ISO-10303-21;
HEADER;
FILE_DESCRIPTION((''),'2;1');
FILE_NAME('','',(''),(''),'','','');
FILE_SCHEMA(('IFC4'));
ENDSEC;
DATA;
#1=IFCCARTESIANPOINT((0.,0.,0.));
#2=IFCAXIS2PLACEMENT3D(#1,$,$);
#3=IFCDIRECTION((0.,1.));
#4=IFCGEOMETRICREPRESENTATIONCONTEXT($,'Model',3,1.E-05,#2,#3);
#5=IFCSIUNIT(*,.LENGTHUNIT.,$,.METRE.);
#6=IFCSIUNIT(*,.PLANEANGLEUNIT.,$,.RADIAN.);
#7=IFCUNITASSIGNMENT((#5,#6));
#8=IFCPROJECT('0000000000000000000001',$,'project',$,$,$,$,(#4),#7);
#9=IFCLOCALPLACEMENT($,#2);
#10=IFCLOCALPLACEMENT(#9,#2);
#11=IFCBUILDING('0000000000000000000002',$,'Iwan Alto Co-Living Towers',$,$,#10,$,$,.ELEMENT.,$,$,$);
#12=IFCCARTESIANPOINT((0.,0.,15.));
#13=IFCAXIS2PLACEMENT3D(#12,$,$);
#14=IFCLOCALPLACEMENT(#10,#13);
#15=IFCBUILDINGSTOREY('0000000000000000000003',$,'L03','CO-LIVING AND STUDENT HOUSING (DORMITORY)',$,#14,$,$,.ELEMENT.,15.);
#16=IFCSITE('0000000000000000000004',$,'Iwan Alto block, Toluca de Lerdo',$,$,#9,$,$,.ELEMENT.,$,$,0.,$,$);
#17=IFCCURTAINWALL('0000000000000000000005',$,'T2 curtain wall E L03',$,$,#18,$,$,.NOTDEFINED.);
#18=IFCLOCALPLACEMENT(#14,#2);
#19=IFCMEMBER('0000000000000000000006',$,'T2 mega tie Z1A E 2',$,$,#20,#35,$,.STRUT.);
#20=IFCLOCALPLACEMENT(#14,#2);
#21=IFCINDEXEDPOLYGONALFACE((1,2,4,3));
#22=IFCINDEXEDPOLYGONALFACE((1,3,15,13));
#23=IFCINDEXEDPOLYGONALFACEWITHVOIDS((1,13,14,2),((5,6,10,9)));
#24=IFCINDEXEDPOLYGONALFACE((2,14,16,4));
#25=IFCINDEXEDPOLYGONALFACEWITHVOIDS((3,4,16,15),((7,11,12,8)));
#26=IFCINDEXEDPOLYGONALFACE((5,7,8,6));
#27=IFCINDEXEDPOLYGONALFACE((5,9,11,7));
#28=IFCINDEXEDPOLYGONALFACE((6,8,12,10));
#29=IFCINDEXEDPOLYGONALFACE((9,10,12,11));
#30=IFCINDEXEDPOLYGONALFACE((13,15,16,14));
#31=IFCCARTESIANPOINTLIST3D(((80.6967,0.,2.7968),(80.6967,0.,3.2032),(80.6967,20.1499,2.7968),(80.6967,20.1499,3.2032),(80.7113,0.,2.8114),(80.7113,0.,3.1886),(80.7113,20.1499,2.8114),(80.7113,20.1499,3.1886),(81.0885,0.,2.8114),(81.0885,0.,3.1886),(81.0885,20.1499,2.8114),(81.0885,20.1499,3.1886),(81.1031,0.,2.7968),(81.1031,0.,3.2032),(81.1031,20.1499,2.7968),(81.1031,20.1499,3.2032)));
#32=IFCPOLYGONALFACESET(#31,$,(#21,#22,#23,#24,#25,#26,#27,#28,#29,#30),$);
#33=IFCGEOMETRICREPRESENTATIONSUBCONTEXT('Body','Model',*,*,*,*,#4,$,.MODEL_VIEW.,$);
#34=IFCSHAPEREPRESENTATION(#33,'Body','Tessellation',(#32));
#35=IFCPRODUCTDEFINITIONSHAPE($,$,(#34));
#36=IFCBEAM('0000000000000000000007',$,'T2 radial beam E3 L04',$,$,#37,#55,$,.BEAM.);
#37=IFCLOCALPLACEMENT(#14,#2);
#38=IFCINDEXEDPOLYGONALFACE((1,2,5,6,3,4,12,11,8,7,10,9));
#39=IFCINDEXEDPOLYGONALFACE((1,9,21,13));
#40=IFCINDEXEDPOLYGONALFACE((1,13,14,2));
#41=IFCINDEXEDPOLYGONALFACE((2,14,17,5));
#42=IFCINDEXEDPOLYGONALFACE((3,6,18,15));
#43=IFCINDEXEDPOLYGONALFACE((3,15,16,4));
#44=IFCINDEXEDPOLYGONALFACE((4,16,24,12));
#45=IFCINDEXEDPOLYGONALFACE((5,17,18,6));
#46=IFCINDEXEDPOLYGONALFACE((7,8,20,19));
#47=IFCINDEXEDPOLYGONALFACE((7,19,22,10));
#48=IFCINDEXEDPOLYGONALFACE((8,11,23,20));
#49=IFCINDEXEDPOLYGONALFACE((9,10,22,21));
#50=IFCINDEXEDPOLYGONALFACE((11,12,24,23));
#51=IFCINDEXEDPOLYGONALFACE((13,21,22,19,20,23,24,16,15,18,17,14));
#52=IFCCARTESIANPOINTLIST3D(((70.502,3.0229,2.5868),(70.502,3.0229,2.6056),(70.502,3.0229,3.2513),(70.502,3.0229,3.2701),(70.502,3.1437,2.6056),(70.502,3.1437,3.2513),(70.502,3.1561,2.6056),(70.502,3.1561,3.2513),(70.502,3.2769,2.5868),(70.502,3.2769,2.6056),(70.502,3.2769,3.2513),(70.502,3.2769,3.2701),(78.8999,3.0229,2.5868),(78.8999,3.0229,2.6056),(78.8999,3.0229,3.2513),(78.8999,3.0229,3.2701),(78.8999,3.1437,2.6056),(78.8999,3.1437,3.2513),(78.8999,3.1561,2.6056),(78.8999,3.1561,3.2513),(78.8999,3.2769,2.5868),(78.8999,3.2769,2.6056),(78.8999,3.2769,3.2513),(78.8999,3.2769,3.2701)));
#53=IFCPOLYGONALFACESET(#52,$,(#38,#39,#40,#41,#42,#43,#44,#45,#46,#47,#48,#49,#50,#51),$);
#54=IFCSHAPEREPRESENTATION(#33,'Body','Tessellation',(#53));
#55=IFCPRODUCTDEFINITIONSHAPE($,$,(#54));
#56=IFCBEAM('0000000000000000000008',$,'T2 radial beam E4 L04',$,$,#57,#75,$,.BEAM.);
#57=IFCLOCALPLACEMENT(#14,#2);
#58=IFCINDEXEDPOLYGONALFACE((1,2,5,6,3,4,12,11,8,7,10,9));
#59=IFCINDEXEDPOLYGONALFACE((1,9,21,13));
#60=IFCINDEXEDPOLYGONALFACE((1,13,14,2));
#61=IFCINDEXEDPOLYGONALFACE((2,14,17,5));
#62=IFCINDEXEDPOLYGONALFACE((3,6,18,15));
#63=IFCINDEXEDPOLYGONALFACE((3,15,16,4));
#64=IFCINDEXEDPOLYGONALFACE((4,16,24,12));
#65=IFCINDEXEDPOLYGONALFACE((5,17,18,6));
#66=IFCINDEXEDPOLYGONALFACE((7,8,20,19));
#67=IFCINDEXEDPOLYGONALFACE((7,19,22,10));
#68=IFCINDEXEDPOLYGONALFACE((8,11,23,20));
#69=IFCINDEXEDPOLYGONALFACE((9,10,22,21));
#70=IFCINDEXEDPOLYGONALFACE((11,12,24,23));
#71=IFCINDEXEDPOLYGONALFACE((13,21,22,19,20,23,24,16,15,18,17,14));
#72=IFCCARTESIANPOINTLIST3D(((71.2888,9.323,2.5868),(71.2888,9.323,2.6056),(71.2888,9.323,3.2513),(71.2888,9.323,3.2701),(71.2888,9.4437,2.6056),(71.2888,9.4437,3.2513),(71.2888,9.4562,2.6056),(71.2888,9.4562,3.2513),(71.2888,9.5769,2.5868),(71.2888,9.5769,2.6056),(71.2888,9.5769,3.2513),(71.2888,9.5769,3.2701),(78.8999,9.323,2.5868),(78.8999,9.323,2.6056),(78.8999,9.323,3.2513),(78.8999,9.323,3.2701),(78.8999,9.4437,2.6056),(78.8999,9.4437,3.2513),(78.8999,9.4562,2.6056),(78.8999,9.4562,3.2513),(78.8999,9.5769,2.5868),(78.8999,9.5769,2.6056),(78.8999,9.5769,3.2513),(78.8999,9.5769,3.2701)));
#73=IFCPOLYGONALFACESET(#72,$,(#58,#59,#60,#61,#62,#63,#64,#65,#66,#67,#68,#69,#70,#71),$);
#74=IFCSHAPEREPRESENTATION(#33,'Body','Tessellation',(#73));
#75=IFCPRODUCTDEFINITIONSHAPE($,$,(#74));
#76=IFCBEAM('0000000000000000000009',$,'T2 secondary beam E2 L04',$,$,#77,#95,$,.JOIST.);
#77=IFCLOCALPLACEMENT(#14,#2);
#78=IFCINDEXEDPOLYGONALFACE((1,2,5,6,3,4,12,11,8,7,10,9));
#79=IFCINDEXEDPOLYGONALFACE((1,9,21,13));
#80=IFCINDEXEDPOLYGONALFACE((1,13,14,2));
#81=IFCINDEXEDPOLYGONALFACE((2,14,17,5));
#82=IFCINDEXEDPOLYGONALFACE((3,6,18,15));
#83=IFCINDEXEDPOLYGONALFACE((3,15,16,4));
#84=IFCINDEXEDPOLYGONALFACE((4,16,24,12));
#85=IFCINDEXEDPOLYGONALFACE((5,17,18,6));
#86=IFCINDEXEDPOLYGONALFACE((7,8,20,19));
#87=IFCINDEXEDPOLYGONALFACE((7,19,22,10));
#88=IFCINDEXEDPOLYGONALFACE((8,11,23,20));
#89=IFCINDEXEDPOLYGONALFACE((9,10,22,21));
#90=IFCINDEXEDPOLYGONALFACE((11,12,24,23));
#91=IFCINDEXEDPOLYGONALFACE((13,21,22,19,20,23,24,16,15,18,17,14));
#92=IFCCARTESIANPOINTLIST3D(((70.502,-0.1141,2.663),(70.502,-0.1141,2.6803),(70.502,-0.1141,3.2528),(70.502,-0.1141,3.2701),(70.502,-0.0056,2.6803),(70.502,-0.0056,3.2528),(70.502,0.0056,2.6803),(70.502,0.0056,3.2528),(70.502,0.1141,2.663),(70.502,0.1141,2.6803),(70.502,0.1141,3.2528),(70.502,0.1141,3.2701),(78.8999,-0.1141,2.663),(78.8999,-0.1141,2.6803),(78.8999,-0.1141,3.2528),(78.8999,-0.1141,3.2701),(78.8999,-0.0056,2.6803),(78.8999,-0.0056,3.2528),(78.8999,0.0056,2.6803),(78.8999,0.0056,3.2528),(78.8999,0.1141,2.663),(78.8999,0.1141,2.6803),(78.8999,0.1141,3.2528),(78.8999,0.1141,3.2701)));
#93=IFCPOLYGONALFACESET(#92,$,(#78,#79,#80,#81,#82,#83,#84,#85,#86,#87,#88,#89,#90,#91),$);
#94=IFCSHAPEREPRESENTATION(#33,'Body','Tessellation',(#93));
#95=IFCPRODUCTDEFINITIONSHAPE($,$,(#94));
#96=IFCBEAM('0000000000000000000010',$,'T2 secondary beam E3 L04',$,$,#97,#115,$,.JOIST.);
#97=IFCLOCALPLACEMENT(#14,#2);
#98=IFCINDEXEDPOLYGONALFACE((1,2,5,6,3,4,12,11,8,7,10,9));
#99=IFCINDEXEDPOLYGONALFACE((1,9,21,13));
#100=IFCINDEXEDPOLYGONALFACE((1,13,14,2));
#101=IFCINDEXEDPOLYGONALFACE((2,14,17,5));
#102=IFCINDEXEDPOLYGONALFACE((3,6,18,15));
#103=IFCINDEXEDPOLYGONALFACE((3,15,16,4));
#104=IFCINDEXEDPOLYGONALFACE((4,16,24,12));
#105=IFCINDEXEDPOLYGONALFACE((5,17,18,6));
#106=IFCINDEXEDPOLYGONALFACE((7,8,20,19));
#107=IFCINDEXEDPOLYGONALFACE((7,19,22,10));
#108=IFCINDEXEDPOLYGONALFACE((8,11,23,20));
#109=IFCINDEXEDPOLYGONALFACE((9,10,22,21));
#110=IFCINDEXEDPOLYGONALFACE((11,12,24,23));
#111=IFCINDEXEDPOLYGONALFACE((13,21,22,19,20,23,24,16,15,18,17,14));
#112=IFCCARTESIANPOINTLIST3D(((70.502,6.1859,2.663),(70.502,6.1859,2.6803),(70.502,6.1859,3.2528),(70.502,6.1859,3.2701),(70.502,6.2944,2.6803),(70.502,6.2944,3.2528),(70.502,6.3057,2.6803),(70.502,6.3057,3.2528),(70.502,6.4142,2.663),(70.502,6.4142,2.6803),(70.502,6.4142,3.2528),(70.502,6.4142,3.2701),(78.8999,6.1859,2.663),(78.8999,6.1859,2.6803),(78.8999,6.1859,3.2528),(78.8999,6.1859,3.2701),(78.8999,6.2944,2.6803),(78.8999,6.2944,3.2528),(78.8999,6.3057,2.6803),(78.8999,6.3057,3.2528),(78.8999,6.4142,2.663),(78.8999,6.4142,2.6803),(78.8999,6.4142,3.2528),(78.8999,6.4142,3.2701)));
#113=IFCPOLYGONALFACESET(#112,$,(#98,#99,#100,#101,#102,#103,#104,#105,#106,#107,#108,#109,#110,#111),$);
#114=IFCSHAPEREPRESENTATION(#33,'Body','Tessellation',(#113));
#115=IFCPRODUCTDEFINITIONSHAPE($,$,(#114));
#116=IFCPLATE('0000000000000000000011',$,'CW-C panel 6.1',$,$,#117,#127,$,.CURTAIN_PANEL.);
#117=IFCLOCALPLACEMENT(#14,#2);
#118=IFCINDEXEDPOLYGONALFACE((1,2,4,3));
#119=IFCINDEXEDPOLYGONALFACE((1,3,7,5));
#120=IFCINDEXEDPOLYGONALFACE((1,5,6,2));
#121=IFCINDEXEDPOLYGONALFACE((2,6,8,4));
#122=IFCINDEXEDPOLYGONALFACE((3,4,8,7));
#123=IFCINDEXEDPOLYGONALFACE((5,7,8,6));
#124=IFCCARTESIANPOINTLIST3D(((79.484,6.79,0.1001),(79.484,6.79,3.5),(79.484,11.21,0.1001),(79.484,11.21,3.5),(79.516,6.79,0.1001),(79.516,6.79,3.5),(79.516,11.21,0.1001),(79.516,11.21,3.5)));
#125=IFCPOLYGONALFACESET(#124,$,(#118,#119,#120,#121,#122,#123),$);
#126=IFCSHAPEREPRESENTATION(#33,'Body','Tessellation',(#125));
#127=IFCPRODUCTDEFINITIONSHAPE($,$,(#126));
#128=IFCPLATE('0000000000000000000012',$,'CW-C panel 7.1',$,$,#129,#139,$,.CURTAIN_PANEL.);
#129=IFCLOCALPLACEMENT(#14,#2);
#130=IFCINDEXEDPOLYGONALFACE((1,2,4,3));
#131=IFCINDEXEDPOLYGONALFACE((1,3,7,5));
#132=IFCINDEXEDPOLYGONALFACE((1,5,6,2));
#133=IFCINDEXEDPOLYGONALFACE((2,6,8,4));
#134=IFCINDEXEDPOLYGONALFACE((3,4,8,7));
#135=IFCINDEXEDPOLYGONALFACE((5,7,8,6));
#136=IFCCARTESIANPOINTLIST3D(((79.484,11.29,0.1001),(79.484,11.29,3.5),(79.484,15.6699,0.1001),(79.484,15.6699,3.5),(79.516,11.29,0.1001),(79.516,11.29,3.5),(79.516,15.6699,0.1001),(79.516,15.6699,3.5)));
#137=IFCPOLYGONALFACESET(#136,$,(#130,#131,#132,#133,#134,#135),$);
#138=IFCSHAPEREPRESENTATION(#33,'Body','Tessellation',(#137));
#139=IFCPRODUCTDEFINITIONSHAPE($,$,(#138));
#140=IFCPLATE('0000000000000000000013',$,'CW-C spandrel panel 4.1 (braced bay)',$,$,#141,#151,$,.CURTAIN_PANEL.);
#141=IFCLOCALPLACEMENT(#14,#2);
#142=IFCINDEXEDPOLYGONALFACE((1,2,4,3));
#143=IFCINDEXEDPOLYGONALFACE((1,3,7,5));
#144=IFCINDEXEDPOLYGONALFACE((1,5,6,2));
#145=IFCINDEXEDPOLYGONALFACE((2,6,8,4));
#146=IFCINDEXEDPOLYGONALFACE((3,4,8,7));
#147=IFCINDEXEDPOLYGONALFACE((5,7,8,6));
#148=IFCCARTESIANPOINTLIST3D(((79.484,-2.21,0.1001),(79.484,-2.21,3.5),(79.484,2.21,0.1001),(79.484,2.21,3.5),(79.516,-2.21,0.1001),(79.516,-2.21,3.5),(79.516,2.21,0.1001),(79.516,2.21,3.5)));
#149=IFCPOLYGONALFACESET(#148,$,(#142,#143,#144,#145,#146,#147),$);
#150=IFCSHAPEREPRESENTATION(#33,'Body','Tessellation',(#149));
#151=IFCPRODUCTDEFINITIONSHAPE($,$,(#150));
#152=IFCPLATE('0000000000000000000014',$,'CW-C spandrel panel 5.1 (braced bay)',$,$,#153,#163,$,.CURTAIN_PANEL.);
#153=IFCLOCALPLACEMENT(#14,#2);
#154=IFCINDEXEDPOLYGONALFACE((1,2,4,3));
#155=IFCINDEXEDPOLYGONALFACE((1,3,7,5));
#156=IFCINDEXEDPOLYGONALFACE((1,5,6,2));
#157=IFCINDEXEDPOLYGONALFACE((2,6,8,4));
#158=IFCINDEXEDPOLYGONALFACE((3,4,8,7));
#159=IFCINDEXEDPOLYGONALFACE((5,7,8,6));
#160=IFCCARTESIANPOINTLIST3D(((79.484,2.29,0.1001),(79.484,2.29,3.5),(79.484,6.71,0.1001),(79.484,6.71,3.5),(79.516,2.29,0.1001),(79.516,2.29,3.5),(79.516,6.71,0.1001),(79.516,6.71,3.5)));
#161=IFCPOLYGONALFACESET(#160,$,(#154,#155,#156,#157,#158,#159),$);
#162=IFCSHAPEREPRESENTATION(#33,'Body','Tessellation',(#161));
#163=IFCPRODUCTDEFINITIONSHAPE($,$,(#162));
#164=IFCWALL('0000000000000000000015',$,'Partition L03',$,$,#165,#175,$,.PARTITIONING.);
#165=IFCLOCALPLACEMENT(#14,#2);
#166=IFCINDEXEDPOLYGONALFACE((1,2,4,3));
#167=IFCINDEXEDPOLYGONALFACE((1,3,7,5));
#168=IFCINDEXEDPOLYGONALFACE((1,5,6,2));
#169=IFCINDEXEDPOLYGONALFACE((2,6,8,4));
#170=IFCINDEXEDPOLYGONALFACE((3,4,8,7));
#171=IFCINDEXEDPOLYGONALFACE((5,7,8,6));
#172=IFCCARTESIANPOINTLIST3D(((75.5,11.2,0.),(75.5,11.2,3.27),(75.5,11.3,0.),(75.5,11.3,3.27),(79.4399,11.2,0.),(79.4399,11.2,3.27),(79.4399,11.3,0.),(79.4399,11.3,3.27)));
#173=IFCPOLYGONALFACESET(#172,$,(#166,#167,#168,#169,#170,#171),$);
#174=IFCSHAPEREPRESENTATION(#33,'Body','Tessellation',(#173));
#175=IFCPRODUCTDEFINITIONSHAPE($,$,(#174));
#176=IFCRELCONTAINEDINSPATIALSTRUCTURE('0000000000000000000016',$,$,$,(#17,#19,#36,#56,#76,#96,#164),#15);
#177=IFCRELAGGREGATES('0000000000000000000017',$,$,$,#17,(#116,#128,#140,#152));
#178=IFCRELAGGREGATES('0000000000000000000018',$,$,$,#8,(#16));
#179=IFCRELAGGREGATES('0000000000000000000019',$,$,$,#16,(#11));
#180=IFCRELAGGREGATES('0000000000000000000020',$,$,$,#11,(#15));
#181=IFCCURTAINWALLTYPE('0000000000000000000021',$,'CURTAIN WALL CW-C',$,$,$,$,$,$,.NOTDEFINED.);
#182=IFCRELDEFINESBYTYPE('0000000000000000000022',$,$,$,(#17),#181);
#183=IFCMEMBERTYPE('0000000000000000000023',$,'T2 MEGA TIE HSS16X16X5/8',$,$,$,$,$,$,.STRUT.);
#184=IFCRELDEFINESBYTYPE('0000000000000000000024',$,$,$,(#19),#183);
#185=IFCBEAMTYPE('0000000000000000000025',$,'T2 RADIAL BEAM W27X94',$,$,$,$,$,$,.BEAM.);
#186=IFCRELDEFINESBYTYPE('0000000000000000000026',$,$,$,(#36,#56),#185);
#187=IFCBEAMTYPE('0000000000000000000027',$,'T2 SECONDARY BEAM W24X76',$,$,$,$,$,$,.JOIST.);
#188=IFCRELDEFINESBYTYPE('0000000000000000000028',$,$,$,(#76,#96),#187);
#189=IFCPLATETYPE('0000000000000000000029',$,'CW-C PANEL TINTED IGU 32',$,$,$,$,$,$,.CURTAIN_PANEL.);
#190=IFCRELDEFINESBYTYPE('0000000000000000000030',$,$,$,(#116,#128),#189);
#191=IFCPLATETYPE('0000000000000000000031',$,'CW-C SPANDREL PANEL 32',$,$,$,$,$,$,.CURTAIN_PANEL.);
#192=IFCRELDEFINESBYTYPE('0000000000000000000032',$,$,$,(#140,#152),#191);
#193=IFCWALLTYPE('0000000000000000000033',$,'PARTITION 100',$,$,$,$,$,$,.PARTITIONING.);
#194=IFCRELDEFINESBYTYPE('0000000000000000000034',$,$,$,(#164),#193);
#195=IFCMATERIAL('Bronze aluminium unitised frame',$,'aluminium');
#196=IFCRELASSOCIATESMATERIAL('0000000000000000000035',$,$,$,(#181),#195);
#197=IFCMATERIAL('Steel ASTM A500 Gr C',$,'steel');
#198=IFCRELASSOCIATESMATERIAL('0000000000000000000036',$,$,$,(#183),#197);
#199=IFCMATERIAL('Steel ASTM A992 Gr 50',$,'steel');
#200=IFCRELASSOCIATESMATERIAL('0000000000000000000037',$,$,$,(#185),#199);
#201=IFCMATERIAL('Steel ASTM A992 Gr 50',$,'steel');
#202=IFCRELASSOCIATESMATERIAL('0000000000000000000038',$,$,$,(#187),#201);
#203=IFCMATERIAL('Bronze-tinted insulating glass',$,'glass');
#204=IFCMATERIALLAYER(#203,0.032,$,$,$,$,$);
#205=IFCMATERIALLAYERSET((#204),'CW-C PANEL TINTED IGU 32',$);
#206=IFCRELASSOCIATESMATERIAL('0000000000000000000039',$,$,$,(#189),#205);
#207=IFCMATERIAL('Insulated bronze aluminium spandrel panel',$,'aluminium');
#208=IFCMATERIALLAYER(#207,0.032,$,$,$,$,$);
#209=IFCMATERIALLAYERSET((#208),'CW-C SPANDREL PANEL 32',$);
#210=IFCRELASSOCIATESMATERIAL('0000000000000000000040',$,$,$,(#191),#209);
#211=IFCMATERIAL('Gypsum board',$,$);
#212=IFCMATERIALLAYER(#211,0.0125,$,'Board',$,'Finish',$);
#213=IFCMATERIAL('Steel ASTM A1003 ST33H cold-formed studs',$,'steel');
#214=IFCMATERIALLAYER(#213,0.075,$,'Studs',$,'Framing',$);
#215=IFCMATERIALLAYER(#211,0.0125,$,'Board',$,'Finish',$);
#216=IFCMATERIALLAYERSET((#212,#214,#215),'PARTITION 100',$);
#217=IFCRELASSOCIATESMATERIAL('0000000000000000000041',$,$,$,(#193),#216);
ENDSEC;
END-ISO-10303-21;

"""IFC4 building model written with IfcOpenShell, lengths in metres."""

from ifc_helpers import new_model, si_unit, direction, frame, frame_2d, origin, origin_2d, place, context, subcontext, project, spatial, rectangle, hollow_rectangle, i_section, extrude, material, layer, layer_set, material_profile, profile_set, type_object, element, aggregate, save


model = new_model("IFC4")

# Units and contexts
model_context = context("Model", 3, precision=1e-05, world=origin(), true_north=direction((0.0, 1.0)))
body_context = subcontext(model_context, "Body", "Model", "MODEL_VIEW")
ifc_project = project(units=[si_unit("LENGTHUNIT", "METRE"), si_unit("PLANEANGLEUNIT", "RADIAN")], contexts=[model_context])

# Site, building, storey
site_placement = place(None, origin())
site = spatial("IfcSite", under=ifc_project, at=site_placement, Name="Iwan Alto block, Toluca de Lerdo", CompositionType="ELEMENT", RefElevation=0.0)
building_placement = place(site_placement, origin())
building = spatial("IfcBuilding", under=site, at=building_placement, Name="Iwan Alto Co-Living Towers", CompositionType="ELEMENT")
storey_placement = place(building_placement, frame((0.0, 0.0, 15.0)))
storey = spatial("IfcBuildingStorey", under=building, at=storey_placement, Name="L03", Description="CO-LIVING AND STUDENT HOUSING (DORMITORY)", CompositionType="ELEMENT", Elevation=15.0)

# Curtain wall
ifc_material_1 = material(Name="Bronze aluminium unitised frame", Category="aluminium")
curtain_wall_type = type_object("IfcCurtainWallType", Name="CURTAIN WALL CW-C", PredefinedType="NOTDEFINED", material=ifc_material_1)
curtain_wall_placement = place(storey_placement, origin())
curtain_wall = element("IfcCurtainWall", 1, at=curtain_wall_placement, inside=storey, type_object=curtain_wall_type, Name="T2 curtain wall E L03", PredefinedType="NOTDEFINED")

# Member
ifc_material_2 = material(Name="Steel ASTM A500 Gr C", Category="steel")
ifc_material_profile_1 = material_profile(ifc_material_2, hollow_rectangle(XDim=0.4065, YDim=0.4065, WallThickness=0.0146, at=origin_2d()), Name="HSS16X16X5/8")
ifc_profile_set_1 = profile_set([ifc_material_profile_1], Name="Steel ASTM A500 Gr C")
member_type_1 = type_object("IfcMemberType", Name="T2 MEGA TIE HSS16X16X5/8", PredefinedType="STRUT", material=ifc_profile_set_1)
member_1_placement = place(storey_placement, frame((80.8999, 0.0, 3.0), z_axis=(0.0, 1.0, 0.0), x_axis=(-1.0, 0.0, 0.0)))
element("IfcMember", 2, at=member_1_placement, inside=storey, type_object=member_type_1, Name="T2 mega tie Z1A E 2", PredefinedType="STRUT", context=body_context, shape_type="SweptSolid", body=[
    extrude(hollow_rectangle(XDim=0.4065, YDim=0.4065, WallThickness=0.0146, at=origin_2d()), origin(), (0.0, 0.0, 1.0), 20.1499),
])

# Beams
ifc_material_3 = material(Name="Steel ASTM A992 Gr 50", Category="steel")
ifc_material_profile_2 = material_profile(ifc_material_3, i_section(OverallWidth=0.2539, OverallDepth=0.6833, WebThickness=0.0125, FlangeThickness=0.0188, at=origin_2d()), Name="W27X94")
ifc_profile_set_2 = profile_set([ifc_material_profile_2], Name="Steel ASTM A992 Gr 50")
beam_type_1 = type_object("IfcBeamType", Name="T2 RADIAL BEAM W27X94", PredefinedType="BEAM", material=ifc_profile_set_2)
beam_1_placement = place(storey_placement, frame((78.8999, 3.1499, 2.9285), z_axis=(-1.0, 0.0, 0.0), x_axis=(0.0, -1.0, 0.0)))
element("IfcBeam", 3, at=beam_1_placement, inside=storey, type_object=beam_type_1, Name="T2 radial beam E3 L04", PredefinedType="BEAM", context=body_context, shape_type="SweptSolid", body=[
    extrude(i_section(OverallWidth=0.2539, OverallDepth=0.6833, WebThickness=0.0125, FlangeThickness=0.0188, at=origin_2d()), origin(), (0.0, 0.0, 1.0), 8.3979),
])
beam_2_placement = place(storey_placement, frame((78.8999, 9.45, 2.9285), z_axis=(-1.0, 0.0, 0.0), x_axis=(0.0, -1.0, 0.0)))
element("IfcBeam", 4, at=beam_2_placement, inside=storey, type_object=beam_type_1, Name="T2 radial beam E4 L04", PredefinedType="BEAM", context=body_context, shape_type="SweptSolid", body=[
    extrude(i_section(OverallWidth=0.2539, OverallDepth=0.6833, WebThickness=0.0125, FlangeThickness=0.0188, at=origin_2d()), origin(), (0.0, 0.0, 1.0), 7.6111),
])
ifc_material_4 = material(Name="Steel ASTM A992 Gr 50", Category="steel")
ifc_material_profile_3 = material_profile(ifc_material_4, i_section(OverallWidth=0.2283, OverallDepth=0.6072, WebThickness=0.0112, FlangeThickness=0.0173, at=origin_2d()), Name="W24X76")
ifc_profile_set_3 = profile_set([ifc_material_profile_3], Name="Steel ASTM A992 Gr 50")
beam_type_2 = type_object("IfcBeamType", Name="T2 SECONDARY BEAM W24X76", PredefinedType="JOIST", material=ifc_profile_set_3)
for number, where, z_axis, x_axis, name in (
    (5, (78.8999, 0.0, 2.9666), (-1.0, 0.0, 0.0), (0.0, -1.0, 0.0), "T2 secondary beam E2 L04"),
    (6, (78.8999, 6.3, 2.9666), (-1.0, 0.0, 0.0), (0.0, -1.0, 0.0), "T2 secondary beam E3 L04"),
):
    element("IfcBeam", number, at=place(storey_placement, frame(where, z_axis=z_axis, x_axis=x_axis)), inside=storey, type_object=beam_type_2, Name=name, PredefinedType="JOIST", context=body_context, shape_type="SweptSolid", body=[
        extrude(i_section(OverallWidth=0.2283, OverallDepth=0.6072, WebThickness=0.0112, FlangeThickness=0.0173, at=origin_2d()), origin(), (0.0, 0.0, 1.0), 8.3979),
    ])

# Plates
ifc_material_5 = material(Name="Bronze-tinted insulating glass", Category="glass")
ifc_layer_1 = layer(ifc_material_5, 0.032)
ifc_layer_set_1 = layer_set([ifc_layer_1], Name="CW-C PANEL TINTED IGU 32")
plate_type_1 = type_object("IfcPlateType", Name="CW-C PANEL TINTED IGU 32", PredefinedType="CURTAIN_PANEL", material=ifc_layer_set_1)
plate_1_placement = place(storey_placement, frame((79.5, 9.0, 0.1001), z_axis=(0.0, 0.0, 1.0), x_axis=(0.0, 1.0, 0.0)))
plate_1 = element("IfcPlate", 7, at=plate_1_placement, type_object=plate_type_1, Name="CW-C panel 6.1", PredefinedType="CURTAIN_PANEL", context=body_context, shape_type="SweptSolid", body=[
    extrude(rectangle(XDim=4.4199, YDim=0.032, at=origin_2d()), origin(), (0.0, 0.0, 1.0), 3.3999),
])
plate_2_placement = place(storey_placement, frame((79.5, 13.48, 0.1001), z_axis=(0.0, 0.0, 1.0), x_axis=(0.0, 1.0, 0.0)))
plate_2 = element("IfcPlate", 8, at=plate_2_placement, type_object=plate_type_1, Name="CW-C panel 7.1", PredefinedType="CURTAIN_PANEL", context=body_context, shape_type="SweptSolid", body=[
    extrude(rectangle(XDim=4.3799, YDim=0.032, at=origin_2d()), origin(), (0.0, 0.0, 1.0), 3.3999),
])
ifc_material_6 = material(Name="Insulated bronze aluminium spandrel panel", Category="aluminium")
ifc_layer_2 = layer(ifc_material_6, 0.032)
ifc_layer_set_2 = layer_set([ifc_layer_2], Name="CW-C SPANDREL PANEL 32")
plate_type_2 = type_object("IfcPlateType", Name="CW-C SPANDREL PANEL 32", PredefinedType="CURTAIN_PANEL", material=ifc_layer_set_2)
plate_3_placement = place(storey_placement, frame((79.5, 0.0, 0.1001), z_axis=(0.0, 0.0, 1.0), x_axis=(0.0, 1.0, 0.0)))
plate_3 = element("IfcPlate", 9, at=plate_3_placement, type_object=plate_type_2, Name="CW-C spandrel panel 4.1 (braced bay)", PredefinedType="CURTAIN_PANEL", context=body_context, shape_type="SweptSolid", body=[
    extrude(rectangle(XDim=4.4199, YDim=0.032, at=origin_2d()), origin(), (0.0, 0.0, 1.0), 3.3999),
])
plate_4_placement = place(storey_placement, frame((79.5, 4.5, 0.1001), z_axis=(0.0, 0.0, 1.0), x_axis=(0.0, 1.0, 0.0)))
plate_4 = element("IfcPlate", 10, at=plate_4_placement, type_object=plate_type_2, Name="CW-C spandrel panel 5.1 (braced bay)", PredefinedType="CURTAIN_PANEL", context=body_context, shape_type="SweptSolid", body=[
    extrude(rectangle(XDim=4.4199, YDim=0.032, at=origin_2d()), origin(), (0.0, 0.0, 1.0), 3.3999),
])
aggregate(curtain_wall, [plate_1, plate_2, plate_3, plate_4])

# Wall
ifc_material_7 = material(Name="Gypsum board")
ifc_layer_3 = layer(ifc_material_7, 0.0125, Name="Board", Category="Finish")
ifc_material_8 = material(Name="Steel ASTM A1003 ST33H cold-formed studs", Category="steel")
ifc_layer_4 = layer(ifc_material_8, 0.075, Name="Studs", Category="Framing")
ifc_layer_5 = layer(ifc_material_7, 0.0125, Name="Board", Category="Finish")
ifc_layer_set_3 = layer_set([ifc_layer_3, ifc_layer_4, ifc_layer_5], Name="PARTITION 100")
wall_type = type_object("IfcWallType", Name="PARTITION 100", PredefinedType="PARTITIONING", material=ifc_layer_set_3)
wall_placement = place(storey_placement, frame((75.5, 11.25, 0.0), z_axis=(0.0, 0.0, 1.0), x_axis=(1.0, 0.0, 0.0)))
element("IfcWall", 11, at=wall_placement, inside=storey, type_object=wall_type, Name="Partition L03", PredefinedType="PARTITIONING", context=body_context, shape_type="SweptSolid", body=[
    extrude(rectangle(XDim=3.9399, YDim=0.1001, at=frame_2d((1.97, 0.0))), origin(), (0.0, 0.0, 1.0), 3.27),
])

save(model, "model.ifc")
